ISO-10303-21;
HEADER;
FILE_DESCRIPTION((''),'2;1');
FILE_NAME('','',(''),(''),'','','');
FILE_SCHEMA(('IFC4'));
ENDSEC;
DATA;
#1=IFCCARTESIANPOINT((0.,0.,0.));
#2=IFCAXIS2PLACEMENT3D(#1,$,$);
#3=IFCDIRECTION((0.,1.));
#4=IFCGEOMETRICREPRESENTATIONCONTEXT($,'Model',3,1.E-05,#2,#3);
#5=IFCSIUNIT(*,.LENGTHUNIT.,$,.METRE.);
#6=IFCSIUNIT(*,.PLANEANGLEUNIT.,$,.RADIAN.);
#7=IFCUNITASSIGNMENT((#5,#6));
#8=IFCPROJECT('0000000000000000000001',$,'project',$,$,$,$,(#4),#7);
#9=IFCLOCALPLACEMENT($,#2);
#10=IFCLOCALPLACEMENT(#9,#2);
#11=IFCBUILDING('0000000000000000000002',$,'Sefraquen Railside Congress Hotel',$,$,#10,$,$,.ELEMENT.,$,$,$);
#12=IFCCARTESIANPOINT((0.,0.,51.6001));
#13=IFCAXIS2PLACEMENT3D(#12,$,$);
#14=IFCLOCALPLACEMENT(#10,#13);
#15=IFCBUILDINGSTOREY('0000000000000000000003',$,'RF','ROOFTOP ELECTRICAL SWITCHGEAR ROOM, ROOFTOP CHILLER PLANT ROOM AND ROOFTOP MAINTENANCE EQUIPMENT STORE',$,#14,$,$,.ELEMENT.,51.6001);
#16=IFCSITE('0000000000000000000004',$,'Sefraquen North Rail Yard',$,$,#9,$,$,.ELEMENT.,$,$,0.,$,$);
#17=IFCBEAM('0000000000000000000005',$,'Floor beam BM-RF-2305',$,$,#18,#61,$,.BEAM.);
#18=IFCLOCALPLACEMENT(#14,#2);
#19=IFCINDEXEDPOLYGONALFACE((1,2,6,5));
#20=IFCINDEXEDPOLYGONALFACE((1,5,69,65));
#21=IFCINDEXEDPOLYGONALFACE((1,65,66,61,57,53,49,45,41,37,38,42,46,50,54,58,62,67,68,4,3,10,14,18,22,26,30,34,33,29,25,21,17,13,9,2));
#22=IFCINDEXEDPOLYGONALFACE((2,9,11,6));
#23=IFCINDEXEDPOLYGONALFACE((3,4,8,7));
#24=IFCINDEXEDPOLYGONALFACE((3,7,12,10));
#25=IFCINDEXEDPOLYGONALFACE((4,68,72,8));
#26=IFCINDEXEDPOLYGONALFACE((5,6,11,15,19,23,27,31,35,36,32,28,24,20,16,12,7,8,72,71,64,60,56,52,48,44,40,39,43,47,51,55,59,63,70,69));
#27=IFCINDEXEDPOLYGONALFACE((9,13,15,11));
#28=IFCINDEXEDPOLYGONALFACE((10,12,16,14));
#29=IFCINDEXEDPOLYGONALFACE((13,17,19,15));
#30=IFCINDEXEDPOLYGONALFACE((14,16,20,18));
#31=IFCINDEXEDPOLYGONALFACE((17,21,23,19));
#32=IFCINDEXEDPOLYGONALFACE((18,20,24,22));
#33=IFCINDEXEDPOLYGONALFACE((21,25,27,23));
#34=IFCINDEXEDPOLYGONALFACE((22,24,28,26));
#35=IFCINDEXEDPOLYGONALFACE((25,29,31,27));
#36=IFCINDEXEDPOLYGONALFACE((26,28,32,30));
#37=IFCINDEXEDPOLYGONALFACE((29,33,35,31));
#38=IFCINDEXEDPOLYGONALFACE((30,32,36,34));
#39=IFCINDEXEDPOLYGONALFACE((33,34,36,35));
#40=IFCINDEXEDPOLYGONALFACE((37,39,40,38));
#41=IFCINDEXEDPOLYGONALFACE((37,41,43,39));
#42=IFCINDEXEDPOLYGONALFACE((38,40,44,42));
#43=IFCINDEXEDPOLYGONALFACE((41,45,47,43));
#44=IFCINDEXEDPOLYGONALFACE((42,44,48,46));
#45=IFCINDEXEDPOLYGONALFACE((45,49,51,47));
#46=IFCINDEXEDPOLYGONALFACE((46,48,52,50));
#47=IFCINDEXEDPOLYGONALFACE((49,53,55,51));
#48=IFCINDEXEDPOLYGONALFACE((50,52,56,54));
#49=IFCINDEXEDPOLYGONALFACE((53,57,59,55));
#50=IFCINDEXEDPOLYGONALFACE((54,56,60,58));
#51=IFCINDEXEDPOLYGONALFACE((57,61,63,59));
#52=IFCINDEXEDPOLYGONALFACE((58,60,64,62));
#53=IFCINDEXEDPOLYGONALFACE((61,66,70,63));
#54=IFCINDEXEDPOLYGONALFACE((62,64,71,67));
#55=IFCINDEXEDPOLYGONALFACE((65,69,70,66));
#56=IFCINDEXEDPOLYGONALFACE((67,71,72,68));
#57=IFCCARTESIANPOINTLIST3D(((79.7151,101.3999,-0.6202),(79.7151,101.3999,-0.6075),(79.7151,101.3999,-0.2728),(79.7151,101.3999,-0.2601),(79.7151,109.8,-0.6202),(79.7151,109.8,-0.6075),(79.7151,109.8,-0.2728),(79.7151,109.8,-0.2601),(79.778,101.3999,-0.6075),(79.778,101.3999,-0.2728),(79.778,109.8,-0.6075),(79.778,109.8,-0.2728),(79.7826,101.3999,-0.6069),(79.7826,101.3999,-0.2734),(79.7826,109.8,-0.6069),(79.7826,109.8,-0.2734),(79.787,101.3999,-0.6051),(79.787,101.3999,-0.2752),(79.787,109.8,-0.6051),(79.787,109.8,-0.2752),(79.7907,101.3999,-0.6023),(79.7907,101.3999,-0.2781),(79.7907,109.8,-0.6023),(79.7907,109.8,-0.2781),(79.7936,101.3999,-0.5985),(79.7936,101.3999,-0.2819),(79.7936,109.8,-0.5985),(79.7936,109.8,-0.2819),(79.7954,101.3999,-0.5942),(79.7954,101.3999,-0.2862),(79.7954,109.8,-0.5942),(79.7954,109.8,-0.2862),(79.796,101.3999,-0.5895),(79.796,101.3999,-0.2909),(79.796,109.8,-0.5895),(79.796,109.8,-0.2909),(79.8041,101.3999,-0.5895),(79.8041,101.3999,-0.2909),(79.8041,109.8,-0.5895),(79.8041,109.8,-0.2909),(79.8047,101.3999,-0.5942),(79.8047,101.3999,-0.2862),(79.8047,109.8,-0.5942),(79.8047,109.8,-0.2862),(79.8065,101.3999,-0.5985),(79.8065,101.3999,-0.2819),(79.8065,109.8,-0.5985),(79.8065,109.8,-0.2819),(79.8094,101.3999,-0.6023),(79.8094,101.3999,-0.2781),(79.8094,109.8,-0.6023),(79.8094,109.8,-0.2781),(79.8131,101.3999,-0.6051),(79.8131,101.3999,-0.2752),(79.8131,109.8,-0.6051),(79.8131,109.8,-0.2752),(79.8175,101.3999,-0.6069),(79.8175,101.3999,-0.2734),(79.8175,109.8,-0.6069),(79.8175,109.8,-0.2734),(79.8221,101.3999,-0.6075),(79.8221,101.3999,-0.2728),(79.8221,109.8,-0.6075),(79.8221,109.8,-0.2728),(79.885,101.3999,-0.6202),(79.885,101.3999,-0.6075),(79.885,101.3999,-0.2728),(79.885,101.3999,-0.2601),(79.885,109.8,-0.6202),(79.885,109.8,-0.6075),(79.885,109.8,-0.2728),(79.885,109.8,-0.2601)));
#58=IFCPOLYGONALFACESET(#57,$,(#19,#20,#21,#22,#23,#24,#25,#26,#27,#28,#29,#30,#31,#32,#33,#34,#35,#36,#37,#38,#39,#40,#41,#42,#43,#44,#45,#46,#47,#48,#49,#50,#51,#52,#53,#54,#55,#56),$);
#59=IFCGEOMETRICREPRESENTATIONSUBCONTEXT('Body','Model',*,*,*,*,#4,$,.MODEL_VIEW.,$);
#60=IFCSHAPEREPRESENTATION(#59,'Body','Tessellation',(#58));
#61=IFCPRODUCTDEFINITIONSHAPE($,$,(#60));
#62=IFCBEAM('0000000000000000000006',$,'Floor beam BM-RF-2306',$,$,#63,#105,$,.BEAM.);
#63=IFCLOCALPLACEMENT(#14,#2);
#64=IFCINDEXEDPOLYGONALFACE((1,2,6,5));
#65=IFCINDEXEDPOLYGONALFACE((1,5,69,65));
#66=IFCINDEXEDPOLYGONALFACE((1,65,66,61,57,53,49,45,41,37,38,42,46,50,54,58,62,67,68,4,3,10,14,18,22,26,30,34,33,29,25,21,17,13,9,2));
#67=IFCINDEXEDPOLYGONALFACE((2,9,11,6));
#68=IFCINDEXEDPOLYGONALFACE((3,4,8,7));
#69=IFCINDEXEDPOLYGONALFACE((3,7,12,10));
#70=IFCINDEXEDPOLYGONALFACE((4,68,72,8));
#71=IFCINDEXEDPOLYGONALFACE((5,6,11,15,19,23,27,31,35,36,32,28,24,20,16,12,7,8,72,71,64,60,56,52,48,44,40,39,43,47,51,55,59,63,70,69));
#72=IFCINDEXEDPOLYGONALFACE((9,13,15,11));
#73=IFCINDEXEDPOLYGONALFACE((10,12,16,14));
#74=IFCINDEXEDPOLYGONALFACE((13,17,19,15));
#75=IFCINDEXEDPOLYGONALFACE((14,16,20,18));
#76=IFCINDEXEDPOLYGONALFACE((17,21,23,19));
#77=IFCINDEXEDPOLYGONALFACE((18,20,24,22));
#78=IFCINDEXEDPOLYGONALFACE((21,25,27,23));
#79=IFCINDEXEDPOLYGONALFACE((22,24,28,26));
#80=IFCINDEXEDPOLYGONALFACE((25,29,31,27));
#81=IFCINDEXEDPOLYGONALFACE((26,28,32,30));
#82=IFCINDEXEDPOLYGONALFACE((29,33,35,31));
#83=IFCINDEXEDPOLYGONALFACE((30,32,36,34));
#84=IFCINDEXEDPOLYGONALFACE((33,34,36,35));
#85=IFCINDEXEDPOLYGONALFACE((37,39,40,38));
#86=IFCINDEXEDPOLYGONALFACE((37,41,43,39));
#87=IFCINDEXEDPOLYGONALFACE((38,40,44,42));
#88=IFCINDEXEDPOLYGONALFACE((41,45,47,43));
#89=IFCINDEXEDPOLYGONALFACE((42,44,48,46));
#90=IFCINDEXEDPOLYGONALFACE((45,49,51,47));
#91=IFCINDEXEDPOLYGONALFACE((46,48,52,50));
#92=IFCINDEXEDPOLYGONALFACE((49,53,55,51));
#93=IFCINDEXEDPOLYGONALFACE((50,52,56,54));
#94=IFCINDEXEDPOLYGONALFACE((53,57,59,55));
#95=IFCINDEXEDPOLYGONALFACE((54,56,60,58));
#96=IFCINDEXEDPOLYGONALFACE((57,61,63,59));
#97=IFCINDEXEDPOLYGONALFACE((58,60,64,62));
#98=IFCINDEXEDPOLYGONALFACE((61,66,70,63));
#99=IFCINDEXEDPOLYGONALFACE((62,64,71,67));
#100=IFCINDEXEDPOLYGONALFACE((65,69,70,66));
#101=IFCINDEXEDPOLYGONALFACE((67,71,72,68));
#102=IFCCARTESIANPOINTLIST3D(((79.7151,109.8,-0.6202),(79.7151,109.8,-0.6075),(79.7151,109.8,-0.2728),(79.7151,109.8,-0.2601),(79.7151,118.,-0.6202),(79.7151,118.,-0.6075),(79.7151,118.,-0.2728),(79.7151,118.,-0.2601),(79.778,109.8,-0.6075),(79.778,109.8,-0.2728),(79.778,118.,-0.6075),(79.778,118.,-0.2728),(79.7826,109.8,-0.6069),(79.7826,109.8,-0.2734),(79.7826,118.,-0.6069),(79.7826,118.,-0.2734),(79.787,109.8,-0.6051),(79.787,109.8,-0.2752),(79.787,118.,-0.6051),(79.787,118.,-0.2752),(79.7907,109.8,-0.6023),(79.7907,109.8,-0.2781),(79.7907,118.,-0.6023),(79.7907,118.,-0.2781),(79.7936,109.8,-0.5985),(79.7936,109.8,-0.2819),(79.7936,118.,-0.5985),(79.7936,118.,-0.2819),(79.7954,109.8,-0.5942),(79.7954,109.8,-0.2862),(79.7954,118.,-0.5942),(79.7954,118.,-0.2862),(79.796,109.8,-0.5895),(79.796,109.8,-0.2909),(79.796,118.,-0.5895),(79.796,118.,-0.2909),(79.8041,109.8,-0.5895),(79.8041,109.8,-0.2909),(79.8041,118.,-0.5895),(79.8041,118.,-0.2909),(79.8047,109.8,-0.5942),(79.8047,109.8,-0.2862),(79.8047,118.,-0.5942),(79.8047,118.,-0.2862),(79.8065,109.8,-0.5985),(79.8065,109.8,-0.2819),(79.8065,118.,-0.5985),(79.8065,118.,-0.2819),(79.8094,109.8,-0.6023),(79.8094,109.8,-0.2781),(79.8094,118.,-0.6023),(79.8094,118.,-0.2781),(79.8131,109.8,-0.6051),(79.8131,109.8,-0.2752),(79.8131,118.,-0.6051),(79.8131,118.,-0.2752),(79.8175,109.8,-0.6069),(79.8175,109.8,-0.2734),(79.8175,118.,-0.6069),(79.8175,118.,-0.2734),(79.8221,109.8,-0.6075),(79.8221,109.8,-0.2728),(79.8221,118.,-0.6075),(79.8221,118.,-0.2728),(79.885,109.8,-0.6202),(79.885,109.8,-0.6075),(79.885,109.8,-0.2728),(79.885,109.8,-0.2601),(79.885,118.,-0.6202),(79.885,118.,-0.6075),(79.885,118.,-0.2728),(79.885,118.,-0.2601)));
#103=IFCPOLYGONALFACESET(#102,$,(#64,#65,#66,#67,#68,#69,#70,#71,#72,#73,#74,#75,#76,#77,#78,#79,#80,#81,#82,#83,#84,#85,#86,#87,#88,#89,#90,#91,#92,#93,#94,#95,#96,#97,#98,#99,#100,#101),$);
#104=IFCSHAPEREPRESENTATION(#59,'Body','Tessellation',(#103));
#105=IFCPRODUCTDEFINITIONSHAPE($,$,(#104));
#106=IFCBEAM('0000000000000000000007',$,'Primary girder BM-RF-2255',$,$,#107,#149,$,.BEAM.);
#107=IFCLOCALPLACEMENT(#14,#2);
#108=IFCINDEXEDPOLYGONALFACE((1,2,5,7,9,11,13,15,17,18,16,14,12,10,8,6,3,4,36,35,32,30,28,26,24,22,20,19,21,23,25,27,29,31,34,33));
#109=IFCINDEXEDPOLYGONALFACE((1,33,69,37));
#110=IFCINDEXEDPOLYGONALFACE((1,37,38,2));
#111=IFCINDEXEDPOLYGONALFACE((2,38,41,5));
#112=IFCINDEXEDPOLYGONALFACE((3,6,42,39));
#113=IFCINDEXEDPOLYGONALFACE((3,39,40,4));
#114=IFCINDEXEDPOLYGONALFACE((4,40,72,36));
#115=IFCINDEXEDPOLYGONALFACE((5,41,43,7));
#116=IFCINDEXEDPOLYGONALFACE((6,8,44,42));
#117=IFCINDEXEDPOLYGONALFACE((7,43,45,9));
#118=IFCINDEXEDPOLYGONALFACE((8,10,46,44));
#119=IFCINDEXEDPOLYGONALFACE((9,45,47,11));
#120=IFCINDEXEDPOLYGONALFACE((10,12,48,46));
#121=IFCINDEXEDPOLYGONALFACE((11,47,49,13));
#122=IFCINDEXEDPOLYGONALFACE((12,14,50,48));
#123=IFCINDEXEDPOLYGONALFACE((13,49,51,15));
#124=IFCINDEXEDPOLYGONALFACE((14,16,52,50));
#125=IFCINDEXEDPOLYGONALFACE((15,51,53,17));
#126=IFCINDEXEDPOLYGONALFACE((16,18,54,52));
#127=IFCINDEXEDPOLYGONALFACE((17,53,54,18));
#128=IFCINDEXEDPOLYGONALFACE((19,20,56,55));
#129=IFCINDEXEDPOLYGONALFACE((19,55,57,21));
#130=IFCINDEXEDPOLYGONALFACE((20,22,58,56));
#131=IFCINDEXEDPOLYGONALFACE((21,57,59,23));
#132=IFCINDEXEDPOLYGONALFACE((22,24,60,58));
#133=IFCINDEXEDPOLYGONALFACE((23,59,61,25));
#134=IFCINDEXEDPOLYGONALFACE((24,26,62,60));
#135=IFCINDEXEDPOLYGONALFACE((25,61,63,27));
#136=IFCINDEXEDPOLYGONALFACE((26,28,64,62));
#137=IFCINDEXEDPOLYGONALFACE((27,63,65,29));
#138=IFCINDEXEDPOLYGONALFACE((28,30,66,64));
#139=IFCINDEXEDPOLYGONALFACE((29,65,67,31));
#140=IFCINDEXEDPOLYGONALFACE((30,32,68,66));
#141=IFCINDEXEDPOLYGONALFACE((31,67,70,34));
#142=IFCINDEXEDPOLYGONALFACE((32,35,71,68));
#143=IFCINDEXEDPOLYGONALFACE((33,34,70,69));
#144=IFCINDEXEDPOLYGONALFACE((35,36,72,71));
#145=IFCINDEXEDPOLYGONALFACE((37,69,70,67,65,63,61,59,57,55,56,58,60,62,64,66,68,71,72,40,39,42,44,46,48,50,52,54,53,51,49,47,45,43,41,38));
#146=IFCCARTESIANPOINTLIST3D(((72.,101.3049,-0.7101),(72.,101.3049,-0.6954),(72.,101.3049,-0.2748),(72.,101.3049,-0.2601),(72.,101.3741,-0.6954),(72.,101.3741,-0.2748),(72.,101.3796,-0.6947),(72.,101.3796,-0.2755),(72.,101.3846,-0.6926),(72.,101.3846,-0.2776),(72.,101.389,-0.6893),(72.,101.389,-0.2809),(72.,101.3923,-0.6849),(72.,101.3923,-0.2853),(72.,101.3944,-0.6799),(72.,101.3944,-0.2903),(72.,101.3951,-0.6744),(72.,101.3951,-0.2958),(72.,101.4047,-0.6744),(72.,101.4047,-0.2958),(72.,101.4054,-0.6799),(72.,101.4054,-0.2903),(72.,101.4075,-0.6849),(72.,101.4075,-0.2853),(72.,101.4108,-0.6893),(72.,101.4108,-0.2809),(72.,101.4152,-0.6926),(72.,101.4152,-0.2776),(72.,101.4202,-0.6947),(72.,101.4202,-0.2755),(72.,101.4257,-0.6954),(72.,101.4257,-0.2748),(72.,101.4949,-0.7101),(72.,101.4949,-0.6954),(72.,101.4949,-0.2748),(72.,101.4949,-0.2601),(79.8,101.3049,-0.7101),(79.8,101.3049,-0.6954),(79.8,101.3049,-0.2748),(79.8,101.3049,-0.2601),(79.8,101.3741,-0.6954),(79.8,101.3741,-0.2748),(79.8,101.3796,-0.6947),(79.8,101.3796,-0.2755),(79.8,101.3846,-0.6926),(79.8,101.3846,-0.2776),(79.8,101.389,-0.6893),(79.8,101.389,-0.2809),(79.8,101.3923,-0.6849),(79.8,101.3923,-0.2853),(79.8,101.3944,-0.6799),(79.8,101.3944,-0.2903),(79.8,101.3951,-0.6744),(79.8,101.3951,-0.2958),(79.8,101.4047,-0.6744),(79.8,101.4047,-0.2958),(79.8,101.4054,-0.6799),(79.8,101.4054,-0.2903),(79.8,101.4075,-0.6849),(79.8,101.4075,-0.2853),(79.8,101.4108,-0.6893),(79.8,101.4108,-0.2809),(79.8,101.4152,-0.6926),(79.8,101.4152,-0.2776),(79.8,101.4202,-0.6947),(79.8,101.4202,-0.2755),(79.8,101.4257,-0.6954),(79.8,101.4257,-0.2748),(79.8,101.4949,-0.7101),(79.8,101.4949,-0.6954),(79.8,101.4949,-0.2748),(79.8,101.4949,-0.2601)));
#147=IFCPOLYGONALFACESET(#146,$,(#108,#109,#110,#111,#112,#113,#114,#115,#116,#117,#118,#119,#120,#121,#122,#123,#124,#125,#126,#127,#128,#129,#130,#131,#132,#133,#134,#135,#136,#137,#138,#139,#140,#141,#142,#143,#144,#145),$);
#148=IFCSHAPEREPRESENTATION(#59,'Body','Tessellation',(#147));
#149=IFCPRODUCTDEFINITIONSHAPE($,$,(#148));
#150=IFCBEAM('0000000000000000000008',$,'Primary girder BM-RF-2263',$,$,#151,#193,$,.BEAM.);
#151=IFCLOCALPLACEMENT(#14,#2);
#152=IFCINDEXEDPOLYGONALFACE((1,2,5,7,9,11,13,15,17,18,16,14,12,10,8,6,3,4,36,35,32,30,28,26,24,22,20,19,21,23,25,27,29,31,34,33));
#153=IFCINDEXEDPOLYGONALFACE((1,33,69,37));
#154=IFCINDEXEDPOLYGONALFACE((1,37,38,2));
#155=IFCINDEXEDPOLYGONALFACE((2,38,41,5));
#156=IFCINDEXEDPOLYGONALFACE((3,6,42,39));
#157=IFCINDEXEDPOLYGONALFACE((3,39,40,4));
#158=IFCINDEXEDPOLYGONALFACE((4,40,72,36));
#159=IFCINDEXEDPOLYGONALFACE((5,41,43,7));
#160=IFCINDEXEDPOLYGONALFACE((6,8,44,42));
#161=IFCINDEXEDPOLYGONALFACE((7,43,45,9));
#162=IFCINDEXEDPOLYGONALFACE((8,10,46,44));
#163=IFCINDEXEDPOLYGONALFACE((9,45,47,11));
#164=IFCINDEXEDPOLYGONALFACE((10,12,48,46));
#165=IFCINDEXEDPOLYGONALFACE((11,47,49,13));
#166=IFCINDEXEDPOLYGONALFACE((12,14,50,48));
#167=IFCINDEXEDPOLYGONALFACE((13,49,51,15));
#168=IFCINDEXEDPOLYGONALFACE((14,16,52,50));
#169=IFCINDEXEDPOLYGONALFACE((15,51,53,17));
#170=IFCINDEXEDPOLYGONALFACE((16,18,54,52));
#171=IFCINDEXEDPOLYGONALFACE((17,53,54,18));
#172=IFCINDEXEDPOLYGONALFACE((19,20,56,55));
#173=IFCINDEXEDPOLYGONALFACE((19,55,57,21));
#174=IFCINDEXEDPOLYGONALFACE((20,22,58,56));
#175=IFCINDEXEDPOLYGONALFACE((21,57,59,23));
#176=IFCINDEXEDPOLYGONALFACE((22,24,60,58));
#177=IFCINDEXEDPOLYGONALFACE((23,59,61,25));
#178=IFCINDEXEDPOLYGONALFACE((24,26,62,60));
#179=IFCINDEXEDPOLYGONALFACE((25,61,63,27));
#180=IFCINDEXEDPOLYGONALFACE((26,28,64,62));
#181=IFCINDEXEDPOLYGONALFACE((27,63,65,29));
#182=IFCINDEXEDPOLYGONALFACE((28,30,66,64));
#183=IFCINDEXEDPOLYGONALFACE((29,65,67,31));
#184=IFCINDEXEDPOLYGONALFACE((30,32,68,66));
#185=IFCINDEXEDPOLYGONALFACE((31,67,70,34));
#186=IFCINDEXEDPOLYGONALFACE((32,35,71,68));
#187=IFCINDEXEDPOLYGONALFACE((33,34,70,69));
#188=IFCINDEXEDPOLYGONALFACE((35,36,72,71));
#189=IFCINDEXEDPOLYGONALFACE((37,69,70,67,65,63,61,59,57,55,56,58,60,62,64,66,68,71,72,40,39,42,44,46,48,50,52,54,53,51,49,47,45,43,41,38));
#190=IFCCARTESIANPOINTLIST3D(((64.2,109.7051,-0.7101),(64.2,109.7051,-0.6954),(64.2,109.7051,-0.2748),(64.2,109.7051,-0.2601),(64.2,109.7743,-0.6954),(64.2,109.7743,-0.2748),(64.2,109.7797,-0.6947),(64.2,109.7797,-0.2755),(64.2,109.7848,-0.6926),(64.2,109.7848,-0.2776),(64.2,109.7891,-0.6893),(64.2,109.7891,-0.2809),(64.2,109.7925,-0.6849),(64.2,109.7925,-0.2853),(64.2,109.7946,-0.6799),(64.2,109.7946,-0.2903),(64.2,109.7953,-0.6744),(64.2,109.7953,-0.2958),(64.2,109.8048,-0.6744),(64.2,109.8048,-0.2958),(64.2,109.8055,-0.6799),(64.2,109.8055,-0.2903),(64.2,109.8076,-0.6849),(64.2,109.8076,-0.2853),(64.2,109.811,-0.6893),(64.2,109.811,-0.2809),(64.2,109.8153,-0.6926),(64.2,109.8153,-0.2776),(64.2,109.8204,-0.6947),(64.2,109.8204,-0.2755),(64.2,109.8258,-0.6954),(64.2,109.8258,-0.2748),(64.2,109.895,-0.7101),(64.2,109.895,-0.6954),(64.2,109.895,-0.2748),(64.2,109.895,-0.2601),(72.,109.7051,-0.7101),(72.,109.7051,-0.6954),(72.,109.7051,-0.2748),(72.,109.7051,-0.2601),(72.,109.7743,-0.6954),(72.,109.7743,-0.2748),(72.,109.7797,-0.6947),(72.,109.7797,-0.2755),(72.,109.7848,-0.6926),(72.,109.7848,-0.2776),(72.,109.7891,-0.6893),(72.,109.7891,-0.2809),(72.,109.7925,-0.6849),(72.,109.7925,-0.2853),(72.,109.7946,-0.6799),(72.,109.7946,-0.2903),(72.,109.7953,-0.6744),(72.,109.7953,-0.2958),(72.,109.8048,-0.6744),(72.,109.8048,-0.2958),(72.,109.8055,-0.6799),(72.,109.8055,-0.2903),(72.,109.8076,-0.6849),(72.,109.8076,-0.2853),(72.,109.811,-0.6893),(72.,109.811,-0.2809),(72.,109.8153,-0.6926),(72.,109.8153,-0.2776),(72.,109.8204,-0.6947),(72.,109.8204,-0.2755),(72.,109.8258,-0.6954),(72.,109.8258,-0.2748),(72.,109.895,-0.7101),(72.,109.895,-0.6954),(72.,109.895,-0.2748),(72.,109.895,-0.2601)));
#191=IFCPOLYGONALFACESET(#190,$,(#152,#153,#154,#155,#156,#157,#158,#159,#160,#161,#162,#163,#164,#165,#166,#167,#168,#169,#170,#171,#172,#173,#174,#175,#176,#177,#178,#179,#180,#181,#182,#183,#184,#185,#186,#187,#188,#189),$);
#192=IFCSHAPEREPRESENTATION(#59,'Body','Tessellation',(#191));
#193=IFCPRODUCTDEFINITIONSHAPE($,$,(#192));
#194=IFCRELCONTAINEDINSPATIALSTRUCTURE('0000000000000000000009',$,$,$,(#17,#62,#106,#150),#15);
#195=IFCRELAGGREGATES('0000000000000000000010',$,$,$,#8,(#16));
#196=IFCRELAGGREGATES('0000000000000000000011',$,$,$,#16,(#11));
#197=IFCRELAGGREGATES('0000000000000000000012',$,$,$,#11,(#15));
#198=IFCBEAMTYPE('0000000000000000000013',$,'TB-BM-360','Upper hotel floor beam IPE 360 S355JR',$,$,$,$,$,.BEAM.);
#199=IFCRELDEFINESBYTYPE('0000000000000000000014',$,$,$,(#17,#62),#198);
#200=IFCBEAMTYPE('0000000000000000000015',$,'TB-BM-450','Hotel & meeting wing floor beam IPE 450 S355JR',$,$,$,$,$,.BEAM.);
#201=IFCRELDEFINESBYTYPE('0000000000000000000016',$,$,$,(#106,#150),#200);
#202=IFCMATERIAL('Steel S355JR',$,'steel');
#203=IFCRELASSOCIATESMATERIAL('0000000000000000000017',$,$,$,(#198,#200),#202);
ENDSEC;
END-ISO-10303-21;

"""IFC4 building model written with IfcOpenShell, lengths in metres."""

from ifc_helpers import new_model, si_unit, direction, frame, origin, origin_2d, place, context, subcontext, project, spatial, i_section, extrude, material, material_profile, profile_set, type_object, element, save


model = new_model("IFC4")

# Units and contexts
model_context = context("Model", 3, precision=1e-05, world=origin(), true_north=direction((0.0, 1.0)))
body_context = subcontext(model_context, "Body", "Model", "MODEL_VIEW")
ifc_project = project(units=[si_unit("LENGTHUNIT", "METRE"), si_unit("PLANEANGLEUNIT", "RADIAN")], contexts=[model_context])

# Site, building, storey
site_placement = place(None, origin())
site = spatial("IfcSite", under=ifc_project, at=site_placement, Name="Sefraquen North Rail Yard", CompositionType="ELEMENT", RefElevation=0.0)
building_placement = place(site_placement, origin())
building = spatial("IfcBuilding", under=site, at=building_placement, Name="Sefraquen Railside Congress Hotel", CompositionType="ELEMENT")
storey_placement = place(building_placement, frame((0.0, 0.0, 51.6001)))
storey = spatial("IfcBuildingStorey", under=building, at=storey_placement, Name="RF", Description="ROOFTOP ELECTRICAL SWITCHGEAR ROOM, ROOFTOP CHILLER PLANT ROOM AND ROOFTOP MAINTENANCE EQUIPMENT STORE", CompositionType="ELEMENT", Elevation=51.6001)

# Beams
ifc_material_1 = material(Name="Steel S355JR", Category="steel")
ifc_material_profile_1 = material_profile(ifc_material_1, i_section(OverallWidth=0.1699, OverallDepth=0.3601, WebThickness=0.0081, FlangeThickness=0.0127, FilletRadius=0.0181, at=origin_2d()), Name="IPE 360")
ifc_profile_set_1 = profile_set([ifc_material_profile_1], Name="Steel S355JR")
beam_type_1 = type_object("IfcBeamType", Name="TB-BM-360", Description="Upper hotel floor beam IPE 360 S355JR", PredefinedType="BEAM", material=ifc_profile_set_1)
beam_1_placement = place(storey_placement, frame((79.8, 101.3999, -0.4402), z_axis=(0.0, 1.0, 0.0), x_axis=(-1.0, 0.0, 0.0)))
element("IfcBeam", 1, at=beam_1_placement, inside=storey, type_object=beam_type_1, Name="Floor beam BM-RF-2305", PredefinedType="BEAM", context=body_context, shape_type="SweptSolid", body=[
    extrude(i_section(OverallWidth=0.1699, OverallDepth=0.3601, WebThickness=0.0081, FlangeThickness=0.0127, FilletRadius=0.0181, at=origin_2d()), origin(), (0.0, 0.0, 1.0), 8.4001),
])
beam_2_placement = place(storey_placement, frame((79.8, 109.8, -0.4402), z_axis=(0.0, 1.0, 0.0), x_axis=(-1.0, 0.0, 0.0)))
element("IfcBeam", 2, at=beam_2_placement, inside=storey, type_object=beam_type_1, Name="Floor beam BM-RF-2306", PredefinedType="BEAM", context=body_context, shape_type="SweptSolid", body=[
    extrude(i_section(OverallWidth=0.1699, OverallDepth=0.3601, WebThickness=0.0081, FlangeThickness=0.0127, FilletRadius=0.0181, at=origin_2d()), origin(), (0.0, 0.0, 1.0), 8.2),
])
ifc_material_profile_2 = material_profile(ifc_material_1, i_section(OverallWidth=0.1899, OverallDepth=0.45, WebThickness=0.0095, FlangeThickness=0.0146, FilletRadius=0.021, at=origin_2d()), Name="IPE 450")
ifc_profile_set_2 = profile_set([ifc_material_profile_2], Name="Steel S355JR")
beam_type_2 = type_object("IfcBeamType", Name="TB-BM-450", Description="Hotel & meeting wing floor beam IPE 450 S355JR", PredefinedType="BEAM", material=ifc_profile_set_2)
for number, where, z_axis, x_axis, name in (
    (3, (72.0, 101.3999, -0.4851), (1.0, 0.0, 0.0), (0.0, 1.0, 0.0), "Primary girder BM-RF-2255"),
    (4, (64.2, 109.8, -0.4851), (1.0, 0.0, 0.0), (0.0, 1.0, 0.0), "Primary girder BM-RF-2263"),
):
    element("IfcBeam", number, at=place(storey_placement, frame(where, z_axis=z_axis, x_axis=x_axis)), inside=storey, type_object=beam_type_2, Name=name, PredefinedType="BEAM", context=body_context, shape_type="SweptSolid", body=[
        extrude(i_section(OverallWidth=0.1899, OverallDepth=0.45, WebThickness=0.0095, FlangeThickness=0.0146, FilletRadius=0.021, at=origin_2d()), origin(), (0.0, 0.0, 1.0), 7.8),
    ])

save(model, "model.ifc")
